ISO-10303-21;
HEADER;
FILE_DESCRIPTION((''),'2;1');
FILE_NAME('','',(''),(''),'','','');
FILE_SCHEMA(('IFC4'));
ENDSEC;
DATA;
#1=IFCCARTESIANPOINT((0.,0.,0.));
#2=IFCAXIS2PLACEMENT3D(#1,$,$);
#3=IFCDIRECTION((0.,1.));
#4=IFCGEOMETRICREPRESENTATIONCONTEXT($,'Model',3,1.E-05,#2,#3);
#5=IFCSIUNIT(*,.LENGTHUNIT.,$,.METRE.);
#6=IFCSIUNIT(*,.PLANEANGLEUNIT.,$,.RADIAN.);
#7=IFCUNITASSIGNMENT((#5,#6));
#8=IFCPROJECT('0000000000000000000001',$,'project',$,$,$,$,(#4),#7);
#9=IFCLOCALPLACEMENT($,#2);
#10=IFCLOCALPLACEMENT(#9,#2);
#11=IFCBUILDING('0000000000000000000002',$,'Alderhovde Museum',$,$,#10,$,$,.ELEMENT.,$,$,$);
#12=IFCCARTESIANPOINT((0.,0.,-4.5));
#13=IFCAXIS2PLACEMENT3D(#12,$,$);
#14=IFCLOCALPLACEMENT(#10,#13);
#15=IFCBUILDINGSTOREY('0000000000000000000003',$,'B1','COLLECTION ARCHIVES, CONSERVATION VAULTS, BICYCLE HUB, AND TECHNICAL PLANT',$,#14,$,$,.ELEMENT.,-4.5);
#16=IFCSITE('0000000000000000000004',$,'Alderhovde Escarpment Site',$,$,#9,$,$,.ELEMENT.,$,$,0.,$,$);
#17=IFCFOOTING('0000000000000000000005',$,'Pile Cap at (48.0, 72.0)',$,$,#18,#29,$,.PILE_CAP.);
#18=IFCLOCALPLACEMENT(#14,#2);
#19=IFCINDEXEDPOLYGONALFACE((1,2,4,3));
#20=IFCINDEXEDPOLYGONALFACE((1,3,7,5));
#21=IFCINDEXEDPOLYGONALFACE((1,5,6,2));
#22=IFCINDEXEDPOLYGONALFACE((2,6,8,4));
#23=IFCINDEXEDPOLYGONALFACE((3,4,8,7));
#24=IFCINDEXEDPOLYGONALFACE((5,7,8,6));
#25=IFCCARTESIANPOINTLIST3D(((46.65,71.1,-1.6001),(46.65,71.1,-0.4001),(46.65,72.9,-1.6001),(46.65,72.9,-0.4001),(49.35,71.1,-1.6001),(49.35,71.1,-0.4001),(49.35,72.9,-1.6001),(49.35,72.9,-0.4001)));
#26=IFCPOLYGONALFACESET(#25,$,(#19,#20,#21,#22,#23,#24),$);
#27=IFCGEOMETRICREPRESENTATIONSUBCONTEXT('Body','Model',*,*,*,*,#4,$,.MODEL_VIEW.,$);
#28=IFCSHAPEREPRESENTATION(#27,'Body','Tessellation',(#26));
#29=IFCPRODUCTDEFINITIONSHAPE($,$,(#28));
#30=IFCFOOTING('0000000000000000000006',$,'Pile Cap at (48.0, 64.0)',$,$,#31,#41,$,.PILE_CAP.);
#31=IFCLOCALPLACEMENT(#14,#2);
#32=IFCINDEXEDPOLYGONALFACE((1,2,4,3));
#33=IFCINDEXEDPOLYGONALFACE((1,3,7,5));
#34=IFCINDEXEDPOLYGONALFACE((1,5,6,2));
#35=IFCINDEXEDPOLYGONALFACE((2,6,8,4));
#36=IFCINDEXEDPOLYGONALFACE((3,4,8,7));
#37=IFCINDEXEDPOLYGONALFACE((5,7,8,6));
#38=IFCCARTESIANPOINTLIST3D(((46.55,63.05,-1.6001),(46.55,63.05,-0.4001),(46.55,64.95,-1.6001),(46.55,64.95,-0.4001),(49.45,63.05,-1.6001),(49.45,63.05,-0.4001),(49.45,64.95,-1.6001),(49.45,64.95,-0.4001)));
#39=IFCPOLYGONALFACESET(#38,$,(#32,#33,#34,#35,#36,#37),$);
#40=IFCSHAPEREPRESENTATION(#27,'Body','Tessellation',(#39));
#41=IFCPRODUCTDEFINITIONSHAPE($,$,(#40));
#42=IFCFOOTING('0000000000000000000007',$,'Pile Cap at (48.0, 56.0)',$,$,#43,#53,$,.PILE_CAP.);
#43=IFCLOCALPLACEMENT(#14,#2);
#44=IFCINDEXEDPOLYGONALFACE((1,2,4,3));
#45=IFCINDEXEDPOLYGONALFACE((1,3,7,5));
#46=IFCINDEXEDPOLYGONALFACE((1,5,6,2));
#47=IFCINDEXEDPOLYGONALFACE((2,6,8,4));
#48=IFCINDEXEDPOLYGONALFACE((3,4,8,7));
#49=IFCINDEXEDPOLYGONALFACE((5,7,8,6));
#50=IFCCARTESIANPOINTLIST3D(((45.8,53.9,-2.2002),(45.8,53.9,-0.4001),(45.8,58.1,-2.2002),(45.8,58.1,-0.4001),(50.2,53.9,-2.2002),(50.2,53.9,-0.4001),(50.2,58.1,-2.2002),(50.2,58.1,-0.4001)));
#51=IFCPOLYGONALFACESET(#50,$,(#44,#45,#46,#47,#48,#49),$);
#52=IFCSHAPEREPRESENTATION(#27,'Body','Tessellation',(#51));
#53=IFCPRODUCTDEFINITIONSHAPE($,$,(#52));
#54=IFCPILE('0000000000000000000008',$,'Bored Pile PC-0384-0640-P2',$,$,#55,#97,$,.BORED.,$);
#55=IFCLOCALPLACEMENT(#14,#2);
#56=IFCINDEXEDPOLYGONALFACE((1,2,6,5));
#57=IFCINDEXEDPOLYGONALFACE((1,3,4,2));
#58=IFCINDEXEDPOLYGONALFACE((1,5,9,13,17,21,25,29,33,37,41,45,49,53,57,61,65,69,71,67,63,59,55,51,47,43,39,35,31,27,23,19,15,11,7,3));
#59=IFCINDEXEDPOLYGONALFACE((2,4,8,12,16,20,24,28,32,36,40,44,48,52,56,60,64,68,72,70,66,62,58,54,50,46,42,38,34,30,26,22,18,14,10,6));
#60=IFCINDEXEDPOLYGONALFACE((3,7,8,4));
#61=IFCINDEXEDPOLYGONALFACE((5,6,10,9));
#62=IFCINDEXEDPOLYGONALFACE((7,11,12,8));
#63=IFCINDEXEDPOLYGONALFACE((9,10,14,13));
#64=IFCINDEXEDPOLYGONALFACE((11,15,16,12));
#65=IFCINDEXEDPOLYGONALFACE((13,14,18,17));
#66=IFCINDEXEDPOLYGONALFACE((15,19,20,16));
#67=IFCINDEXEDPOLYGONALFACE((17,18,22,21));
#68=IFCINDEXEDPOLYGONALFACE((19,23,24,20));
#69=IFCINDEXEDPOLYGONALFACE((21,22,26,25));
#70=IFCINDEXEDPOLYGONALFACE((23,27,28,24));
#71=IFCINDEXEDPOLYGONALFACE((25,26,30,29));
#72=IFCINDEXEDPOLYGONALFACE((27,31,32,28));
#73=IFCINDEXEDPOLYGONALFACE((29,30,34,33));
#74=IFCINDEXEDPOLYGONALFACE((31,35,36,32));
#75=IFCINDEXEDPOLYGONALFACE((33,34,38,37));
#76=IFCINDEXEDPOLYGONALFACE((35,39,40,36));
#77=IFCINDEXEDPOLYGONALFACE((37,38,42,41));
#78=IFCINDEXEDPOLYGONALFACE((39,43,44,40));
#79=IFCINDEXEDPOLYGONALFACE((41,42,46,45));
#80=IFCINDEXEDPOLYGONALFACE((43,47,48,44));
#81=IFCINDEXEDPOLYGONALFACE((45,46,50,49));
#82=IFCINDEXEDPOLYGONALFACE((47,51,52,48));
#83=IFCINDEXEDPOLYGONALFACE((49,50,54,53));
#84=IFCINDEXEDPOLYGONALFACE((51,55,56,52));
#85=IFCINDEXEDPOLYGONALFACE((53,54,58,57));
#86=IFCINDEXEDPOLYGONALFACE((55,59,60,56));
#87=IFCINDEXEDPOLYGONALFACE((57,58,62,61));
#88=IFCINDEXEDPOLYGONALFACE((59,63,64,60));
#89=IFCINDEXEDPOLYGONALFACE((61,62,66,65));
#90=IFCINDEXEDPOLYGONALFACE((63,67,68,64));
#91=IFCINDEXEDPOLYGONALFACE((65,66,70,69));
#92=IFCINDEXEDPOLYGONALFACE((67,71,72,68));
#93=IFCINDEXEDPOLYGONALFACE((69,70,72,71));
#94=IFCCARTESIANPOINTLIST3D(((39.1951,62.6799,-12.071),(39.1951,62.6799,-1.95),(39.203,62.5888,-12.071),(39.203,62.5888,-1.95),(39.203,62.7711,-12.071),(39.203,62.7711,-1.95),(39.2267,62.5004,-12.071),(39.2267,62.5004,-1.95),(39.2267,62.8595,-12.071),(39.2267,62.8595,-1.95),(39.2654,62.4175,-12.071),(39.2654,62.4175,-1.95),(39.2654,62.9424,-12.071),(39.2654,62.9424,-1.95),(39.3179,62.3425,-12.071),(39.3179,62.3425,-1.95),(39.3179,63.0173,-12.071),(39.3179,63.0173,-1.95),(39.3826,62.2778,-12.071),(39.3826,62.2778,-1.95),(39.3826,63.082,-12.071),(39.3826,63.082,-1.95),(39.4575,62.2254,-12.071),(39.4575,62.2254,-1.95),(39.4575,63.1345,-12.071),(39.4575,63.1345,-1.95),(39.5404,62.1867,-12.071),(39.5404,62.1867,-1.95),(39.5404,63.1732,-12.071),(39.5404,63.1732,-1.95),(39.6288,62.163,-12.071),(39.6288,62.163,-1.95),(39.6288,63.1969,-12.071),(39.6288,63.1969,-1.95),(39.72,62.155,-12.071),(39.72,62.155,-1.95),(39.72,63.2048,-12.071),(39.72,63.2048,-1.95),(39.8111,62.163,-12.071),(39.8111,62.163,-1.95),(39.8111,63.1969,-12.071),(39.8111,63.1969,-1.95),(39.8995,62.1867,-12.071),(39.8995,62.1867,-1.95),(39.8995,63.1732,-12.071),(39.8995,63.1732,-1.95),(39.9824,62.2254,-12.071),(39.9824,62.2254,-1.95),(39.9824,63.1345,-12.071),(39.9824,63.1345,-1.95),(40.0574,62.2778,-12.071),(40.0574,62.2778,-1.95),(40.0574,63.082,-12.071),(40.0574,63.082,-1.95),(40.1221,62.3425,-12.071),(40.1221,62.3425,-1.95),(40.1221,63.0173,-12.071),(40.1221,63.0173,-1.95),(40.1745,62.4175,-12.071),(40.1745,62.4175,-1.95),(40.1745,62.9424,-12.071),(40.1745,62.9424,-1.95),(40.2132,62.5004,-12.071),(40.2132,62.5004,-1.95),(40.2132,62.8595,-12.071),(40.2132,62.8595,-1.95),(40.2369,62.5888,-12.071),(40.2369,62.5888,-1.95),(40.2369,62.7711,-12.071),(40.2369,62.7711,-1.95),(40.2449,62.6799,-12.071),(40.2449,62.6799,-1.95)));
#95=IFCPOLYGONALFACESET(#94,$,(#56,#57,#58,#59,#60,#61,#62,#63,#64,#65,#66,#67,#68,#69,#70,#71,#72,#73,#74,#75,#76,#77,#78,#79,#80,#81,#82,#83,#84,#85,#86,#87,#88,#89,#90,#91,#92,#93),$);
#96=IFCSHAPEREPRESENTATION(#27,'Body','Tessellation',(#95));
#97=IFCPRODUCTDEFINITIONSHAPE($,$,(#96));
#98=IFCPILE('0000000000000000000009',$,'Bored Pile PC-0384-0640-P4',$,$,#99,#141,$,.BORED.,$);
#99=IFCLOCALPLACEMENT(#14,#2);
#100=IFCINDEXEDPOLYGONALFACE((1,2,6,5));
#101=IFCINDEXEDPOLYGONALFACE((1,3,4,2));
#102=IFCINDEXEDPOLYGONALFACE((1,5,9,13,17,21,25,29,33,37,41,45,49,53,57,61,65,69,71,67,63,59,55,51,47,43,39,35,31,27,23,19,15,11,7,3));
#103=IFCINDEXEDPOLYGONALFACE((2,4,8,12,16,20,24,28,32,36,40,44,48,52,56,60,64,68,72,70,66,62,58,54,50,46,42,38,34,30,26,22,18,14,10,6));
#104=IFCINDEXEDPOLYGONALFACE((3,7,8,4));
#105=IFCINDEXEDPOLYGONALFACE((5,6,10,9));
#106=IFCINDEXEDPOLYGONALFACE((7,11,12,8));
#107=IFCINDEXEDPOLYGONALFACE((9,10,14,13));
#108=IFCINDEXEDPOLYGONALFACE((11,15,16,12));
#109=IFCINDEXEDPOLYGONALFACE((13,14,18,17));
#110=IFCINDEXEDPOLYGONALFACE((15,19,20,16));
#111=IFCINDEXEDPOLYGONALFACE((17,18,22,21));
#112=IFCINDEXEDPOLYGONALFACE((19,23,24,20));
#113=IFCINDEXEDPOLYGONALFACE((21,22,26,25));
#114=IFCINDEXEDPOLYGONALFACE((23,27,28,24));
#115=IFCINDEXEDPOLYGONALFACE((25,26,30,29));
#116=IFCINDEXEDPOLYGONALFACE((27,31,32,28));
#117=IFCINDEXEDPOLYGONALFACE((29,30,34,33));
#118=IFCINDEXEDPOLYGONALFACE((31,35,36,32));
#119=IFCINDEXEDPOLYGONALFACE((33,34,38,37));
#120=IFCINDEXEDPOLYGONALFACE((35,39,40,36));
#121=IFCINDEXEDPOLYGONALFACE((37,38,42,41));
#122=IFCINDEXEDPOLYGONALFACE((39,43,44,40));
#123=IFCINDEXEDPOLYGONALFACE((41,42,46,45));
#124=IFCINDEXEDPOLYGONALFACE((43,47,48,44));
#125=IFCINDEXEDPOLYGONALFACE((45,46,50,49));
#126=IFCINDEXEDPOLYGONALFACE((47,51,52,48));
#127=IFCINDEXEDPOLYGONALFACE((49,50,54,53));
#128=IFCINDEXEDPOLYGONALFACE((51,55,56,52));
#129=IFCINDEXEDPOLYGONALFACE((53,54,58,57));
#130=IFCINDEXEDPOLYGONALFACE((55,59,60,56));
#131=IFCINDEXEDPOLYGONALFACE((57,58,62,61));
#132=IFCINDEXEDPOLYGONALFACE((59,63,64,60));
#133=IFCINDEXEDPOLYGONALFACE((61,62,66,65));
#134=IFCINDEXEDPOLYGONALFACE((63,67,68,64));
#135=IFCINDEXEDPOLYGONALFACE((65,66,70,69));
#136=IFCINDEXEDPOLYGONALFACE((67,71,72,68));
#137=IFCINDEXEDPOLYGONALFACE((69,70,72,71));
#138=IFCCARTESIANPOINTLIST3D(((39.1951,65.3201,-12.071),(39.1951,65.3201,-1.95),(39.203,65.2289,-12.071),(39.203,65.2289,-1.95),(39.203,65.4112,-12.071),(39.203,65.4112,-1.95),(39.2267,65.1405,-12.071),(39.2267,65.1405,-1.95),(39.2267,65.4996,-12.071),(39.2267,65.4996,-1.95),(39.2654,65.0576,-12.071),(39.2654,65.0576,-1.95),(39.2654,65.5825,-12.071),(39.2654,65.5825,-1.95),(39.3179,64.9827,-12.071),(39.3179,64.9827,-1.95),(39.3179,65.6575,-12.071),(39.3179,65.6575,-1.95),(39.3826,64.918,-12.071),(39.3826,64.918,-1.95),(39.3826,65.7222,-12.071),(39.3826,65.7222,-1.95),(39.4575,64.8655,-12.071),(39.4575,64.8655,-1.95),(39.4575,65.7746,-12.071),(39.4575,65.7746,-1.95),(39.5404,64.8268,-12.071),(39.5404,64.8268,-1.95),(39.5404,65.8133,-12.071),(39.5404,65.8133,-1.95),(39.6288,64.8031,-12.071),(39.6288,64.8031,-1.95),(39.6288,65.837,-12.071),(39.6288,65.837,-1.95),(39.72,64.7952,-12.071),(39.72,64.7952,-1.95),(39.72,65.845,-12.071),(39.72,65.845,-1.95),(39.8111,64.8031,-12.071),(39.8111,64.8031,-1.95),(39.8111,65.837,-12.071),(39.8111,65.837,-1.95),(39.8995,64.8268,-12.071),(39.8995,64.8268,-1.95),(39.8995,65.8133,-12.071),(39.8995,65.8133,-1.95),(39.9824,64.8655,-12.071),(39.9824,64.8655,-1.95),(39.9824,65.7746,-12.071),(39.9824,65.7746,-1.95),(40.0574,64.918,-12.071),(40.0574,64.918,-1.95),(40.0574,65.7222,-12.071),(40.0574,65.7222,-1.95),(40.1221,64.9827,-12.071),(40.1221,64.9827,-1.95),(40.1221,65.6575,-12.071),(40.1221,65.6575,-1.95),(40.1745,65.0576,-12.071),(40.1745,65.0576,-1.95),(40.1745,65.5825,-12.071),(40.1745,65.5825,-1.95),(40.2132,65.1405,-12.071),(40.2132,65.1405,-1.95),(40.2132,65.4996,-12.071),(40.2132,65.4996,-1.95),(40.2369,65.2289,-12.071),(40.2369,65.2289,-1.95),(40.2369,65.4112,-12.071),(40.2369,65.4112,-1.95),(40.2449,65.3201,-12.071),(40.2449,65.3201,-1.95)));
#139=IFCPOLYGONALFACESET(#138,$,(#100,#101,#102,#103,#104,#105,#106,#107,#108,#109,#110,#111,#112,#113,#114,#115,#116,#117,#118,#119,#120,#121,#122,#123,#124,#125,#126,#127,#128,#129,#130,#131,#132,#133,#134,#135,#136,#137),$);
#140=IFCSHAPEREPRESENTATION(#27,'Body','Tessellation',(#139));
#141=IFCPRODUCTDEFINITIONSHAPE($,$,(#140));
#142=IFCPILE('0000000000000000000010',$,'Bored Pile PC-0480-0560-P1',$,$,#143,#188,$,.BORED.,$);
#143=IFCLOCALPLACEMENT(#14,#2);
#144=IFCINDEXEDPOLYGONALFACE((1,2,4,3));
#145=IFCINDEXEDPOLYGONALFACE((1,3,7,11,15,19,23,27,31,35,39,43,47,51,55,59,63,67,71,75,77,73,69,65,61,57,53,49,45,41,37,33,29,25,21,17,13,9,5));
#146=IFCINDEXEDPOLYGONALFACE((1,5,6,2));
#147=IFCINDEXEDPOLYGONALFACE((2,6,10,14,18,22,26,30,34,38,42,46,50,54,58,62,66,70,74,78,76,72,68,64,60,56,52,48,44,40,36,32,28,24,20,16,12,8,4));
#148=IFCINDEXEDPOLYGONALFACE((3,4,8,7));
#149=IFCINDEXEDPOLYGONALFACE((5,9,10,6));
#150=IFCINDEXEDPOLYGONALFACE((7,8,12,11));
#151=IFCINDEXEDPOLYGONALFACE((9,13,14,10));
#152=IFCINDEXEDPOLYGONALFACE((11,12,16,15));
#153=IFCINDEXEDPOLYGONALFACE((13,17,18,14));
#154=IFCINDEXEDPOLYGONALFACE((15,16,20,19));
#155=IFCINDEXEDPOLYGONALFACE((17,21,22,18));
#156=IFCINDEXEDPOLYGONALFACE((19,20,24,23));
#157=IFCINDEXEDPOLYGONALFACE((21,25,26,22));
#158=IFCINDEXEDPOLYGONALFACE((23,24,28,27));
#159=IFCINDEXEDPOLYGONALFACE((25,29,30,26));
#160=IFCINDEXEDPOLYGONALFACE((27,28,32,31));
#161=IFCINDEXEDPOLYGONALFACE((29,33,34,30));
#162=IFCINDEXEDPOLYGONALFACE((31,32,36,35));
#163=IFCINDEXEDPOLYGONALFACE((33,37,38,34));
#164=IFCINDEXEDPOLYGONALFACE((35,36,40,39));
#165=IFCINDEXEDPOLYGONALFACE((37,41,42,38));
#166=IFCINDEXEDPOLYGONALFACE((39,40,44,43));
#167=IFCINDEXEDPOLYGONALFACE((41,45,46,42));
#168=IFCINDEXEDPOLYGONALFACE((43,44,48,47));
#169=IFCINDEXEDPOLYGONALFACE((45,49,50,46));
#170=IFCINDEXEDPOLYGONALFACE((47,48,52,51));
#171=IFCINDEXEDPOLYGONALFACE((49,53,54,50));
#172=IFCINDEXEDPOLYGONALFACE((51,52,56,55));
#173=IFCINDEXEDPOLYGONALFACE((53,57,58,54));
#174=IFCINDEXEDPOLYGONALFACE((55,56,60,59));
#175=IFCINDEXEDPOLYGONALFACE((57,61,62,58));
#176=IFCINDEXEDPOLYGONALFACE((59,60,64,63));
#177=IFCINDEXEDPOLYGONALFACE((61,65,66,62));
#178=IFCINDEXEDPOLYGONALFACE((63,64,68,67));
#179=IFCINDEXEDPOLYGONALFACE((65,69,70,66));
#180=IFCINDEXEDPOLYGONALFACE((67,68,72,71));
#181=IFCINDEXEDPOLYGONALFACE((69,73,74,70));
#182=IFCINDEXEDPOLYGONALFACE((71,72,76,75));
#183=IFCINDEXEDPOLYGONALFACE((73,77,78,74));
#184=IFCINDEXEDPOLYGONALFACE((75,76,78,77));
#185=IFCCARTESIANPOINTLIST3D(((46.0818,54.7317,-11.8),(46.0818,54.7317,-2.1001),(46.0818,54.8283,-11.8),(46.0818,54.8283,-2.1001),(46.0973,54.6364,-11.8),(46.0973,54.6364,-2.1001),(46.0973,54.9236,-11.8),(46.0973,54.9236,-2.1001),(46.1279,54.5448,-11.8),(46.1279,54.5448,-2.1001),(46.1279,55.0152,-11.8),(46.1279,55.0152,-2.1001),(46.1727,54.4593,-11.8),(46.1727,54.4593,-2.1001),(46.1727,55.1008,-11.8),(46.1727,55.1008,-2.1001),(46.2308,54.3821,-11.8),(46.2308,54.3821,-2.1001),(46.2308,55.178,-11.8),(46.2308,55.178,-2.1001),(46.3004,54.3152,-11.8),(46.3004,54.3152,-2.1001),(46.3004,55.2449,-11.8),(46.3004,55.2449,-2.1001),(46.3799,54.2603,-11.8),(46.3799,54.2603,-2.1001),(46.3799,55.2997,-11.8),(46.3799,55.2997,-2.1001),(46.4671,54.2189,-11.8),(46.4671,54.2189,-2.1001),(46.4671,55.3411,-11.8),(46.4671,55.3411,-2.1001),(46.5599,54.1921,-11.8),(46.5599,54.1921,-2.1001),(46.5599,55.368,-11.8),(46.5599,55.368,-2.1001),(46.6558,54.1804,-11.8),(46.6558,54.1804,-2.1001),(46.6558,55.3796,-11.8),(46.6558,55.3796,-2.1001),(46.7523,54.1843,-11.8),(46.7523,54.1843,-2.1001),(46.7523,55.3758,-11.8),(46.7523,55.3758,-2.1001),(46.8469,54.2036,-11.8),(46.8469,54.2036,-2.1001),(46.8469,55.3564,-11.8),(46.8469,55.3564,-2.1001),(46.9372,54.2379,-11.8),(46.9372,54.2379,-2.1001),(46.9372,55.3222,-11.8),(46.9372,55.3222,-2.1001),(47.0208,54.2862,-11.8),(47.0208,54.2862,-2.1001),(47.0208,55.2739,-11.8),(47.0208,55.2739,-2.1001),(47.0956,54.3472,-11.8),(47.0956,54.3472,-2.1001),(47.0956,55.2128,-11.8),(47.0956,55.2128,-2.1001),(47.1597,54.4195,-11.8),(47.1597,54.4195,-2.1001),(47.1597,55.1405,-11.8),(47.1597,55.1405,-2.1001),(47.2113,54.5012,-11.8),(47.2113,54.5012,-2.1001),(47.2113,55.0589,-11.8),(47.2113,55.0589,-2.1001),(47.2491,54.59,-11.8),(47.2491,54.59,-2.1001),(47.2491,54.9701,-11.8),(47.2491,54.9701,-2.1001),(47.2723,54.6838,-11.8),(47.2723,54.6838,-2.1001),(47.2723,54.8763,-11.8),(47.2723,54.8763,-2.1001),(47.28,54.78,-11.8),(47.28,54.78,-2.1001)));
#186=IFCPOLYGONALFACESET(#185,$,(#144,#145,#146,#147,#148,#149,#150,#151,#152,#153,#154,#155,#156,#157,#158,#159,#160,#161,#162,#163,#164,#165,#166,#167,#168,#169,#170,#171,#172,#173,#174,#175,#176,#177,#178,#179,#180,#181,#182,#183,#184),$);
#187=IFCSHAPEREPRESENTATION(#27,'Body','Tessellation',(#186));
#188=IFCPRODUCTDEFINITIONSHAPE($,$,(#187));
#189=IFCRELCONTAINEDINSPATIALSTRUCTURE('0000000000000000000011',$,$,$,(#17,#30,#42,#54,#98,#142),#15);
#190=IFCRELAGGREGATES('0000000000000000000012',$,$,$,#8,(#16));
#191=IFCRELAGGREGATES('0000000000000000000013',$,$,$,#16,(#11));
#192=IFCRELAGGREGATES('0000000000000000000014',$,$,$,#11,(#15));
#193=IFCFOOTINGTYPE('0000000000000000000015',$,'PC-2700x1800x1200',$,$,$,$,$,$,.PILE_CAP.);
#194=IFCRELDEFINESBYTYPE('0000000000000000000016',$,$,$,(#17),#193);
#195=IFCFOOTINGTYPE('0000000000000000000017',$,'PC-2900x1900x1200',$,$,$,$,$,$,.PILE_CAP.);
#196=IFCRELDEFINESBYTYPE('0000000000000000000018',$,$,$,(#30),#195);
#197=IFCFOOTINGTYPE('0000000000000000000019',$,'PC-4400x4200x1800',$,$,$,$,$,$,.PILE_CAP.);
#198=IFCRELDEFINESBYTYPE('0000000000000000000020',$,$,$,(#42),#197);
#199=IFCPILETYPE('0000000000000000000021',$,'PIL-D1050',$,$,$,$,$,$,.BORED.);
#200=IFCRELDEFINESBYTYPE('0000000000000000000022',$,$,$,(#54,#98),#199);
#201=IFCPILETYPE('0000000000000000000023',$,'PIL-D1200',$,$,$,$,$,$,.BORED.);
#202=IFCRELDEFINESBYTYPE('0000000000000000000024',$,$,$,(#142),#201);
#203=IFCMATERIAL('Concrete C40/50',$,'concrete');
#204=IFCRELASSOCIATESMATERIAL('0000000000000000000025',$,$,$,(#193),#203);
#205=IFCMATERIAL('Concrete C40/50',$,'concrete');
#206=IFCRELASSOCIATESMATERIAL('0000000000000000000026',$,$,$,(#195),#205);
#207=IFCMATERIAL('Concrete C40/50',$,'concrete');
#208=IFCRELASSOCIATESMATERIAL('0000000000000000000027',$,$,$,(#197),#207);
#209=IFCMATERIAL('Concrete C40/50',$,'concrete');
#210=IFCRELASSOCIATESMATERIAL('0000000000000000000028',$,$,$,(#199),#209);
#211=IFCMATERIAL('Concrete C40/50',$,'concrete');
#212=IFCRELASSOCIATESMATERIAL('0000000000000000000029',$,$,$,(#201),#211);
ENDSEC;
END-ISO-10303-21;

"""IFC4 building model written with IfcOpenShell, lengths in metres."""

from ifc_helpers import new_model, si_unit, direction, frame, origin, origin_2d, place, context, subcontext, project, spatial, rectangle, circle, extrude, material, material_profile, profile_set, type_object, element, save


model = new_model("IFC4")

# Units and contexts
model_context = context("Model", 3, precision=1e-05, world=origin(), true_north=direction((0.0, 1.0)))
body_context = subcontext(model_context, "Body", "Model", "MODEL_VIEW")
ifc_project = project(units=[si_unit("LENGTHUNIT", "METRE"), si_unit("PLANEANGLEUNIT", "RADIAN")], contexts=[model_context])

# Site, building, storey
site_placement = place(None, origin())
site = spatial("IfcSite", under=ifc_project, at=site_placement, Name="Alderhovde Escarpment Site", CompositionType="ELEMENT", RefElevation=0.0)
building_placement = place(site_placement, origin())
building = spatial("IfcBuilding", under=site, at=building_placement, Name="Alderhovde Museum", CompositionType="ELEMENT")
storey_placement = place(building_placement, frame((0.0, 0.0, -4.5)))
storey = spatial("IfcBuildingStorey", under=building, at=storey_placement, Name="B1", Description="COLLECTION ARCHIVES, CONSERVATION VAULTS, BICYCLE HUB, AND TECHNICAL PLANT", CompositionType="ELEMENT", Elevation=-4.5)

# Footings
ifc_material_1 = material(Name="Concrete C40/50", Category="concrete")
footing_type_1 = type_object("IfcFootingType", Name="PC-2700x1800x1200", PredefinedType="PILE_CAP", material=ifc_material_1)
footing_1_placement = place(storey_placement, frame((48.0, 72.0, -1.6001), z_axis=(0.0, 0.0, 1.0), x_axis=(1.0, 0.0, 0.0)))
element("IfcFooting", 1, at=footing_1_placement, inside=storey, type_object=footing_type_1, Name="Pile Cap at (48.0, 72.0)", PredefinedType="PILE_CAP", context=body_context, shape_type="SweptSolid", body=[
    extrude(rectangle(XDim=2.7, YDim=1.8, at=origin_2d()), origin(), (0.0, 0.0, 1.0), 1.2),
])
ifc_material_2 = material(Name="Concrete C40/50", Category="concrete")
footing_type_2 = type_object("IfcFootingType", Name="PC-2900x1900x1200", PredefinedType="PILE_CAP", material=ifc_material_2)
footing_2_placement = place(storey_placement, frame((48.0, 64.0, -1.6001), z_axis=(0.0, 0.0, 1.0), x_axis=(1.0, 0.0, 0.0)))
element("IfcFooting", 2, at=footing_2_placement, inside=storey, type_object=footing_type_2, Name="Pile Cap at (48.0, 64.0)", PredefinedType="PILE_CAP", context=body_context, shape_type="SweptSolid", body=[
    extrude(rectangle(XDim=2.8999, YDim=1.8999, at=origin_2d()), origin(), (0.0, 0.0, 1.0), 1.2),
])
ifc_material_3 = material(Name="Concrete C40/50", Category="concrete")
footing_type_3 = type_object("IfcFootingType", Name="PC-4400x4200x1800", PredefinedType="PILE_CAP", material=ifc_material_3)
footing_3_placement = place(storey_placement, frame((48.0, 56.0, -2.2002), z_axis=(0.0, 0.0, 1.0), x_axis=(1.0, 0.0, 0.0)))
element("IfcFooting", 3, at=footing_3_placement, inside=storey, type_object=footing_type_3, Name="Pile Cap at (48.0, 56.0)", PredefinedType="PILE_CAP", context=body_context, shape_type="SweptSolid", body=[
    extrude(rectangle(XDim=4.3999, YDim=4.2, at=origin_2d()), origin(), (0.0, 0.0, 1.0), 1.8),
])

# Piles
ifc_material_4 = material(Name="Concrete C40/50", Category="concrete")
ifc_material_profile_1 = material_profile(ifc_material_4, circle(Radius=0.5249, at=origin_2d()), Name="PILE-D1050")
ifc_profile_set_1 = profile_set([ifc_material_profile_1], Name="Concrete C40/50")
pile_type_1 = type_object("IfcPileType", Name="PIL-D1050", PredefinedType="BORED", material=ifc_profile_set_1)
for number, where, z_axis, x_axis, name in (
    (4, (39.72, 62.6799, -1.95), (0.0, 0.0, -1.0), (1.0, 0.0, 0.0), "Bored Pile PC-0384-0640-P2"),
    (5, (39.72, 65.3201, -1.95), (0.0, 0.0, -1.0), (1.0, 0.0, 0.0), "Bored Pile PC-0384-0640-P4"),
):
    element("IfcPile", number, at=place(storey_placement, frame(where, z_axis=z_axis, x_axis=x_axis)), inside=storey, type_object=pile_type_1, Name=name, PredefinedType="BORED", context=body_context, shape_type="SweptSolid", body=[
        extrude(circle(Radius=0.5249, at=origin_2d()), origin(), (0.0, 0.0, 1.0), 10.1211),
    ])
ifc_material_5 = material(Name="Concrete C40/50", Category="concrete")
ifc_material_profile_2 = material_profile(ifc_material_5, circle(Radius=0.6001, at=origin_2d()), Name="PILE-D1200")
ifc_profile_set_2 = profile_set([ifc_material_profile_2], Name="Concrete C40/50")
pile_type_2 = type_object("IfcPileType", Name="PIL-D1200", PredefinedType="BORED", material=ifc_profile_set_2)
for number, where, z_axis, x_axis, name in (
    (6, (46.6799, 54.78, -2.1001), (0.0, 0.0, -1.0), (1.0, 0.0, 0.0), "Bored Pile PC-0480-0560-P1"),
):
    element("IfcPile", number, at=place(storey_placement, frame(where, z_axis=z_axis, x_axis=x_axis)), inside=storey, type_object=pile_type_2, Name=name, PredefinedType="BORED", context=body_context, shape_type="SweptSolid", body=[
        extrude(circle(Radius=0.6001, at=origin_2d()), origin(), (0.0, 0.0, 1.0), 9.7),
    ])

save(model, "model.ifc")
